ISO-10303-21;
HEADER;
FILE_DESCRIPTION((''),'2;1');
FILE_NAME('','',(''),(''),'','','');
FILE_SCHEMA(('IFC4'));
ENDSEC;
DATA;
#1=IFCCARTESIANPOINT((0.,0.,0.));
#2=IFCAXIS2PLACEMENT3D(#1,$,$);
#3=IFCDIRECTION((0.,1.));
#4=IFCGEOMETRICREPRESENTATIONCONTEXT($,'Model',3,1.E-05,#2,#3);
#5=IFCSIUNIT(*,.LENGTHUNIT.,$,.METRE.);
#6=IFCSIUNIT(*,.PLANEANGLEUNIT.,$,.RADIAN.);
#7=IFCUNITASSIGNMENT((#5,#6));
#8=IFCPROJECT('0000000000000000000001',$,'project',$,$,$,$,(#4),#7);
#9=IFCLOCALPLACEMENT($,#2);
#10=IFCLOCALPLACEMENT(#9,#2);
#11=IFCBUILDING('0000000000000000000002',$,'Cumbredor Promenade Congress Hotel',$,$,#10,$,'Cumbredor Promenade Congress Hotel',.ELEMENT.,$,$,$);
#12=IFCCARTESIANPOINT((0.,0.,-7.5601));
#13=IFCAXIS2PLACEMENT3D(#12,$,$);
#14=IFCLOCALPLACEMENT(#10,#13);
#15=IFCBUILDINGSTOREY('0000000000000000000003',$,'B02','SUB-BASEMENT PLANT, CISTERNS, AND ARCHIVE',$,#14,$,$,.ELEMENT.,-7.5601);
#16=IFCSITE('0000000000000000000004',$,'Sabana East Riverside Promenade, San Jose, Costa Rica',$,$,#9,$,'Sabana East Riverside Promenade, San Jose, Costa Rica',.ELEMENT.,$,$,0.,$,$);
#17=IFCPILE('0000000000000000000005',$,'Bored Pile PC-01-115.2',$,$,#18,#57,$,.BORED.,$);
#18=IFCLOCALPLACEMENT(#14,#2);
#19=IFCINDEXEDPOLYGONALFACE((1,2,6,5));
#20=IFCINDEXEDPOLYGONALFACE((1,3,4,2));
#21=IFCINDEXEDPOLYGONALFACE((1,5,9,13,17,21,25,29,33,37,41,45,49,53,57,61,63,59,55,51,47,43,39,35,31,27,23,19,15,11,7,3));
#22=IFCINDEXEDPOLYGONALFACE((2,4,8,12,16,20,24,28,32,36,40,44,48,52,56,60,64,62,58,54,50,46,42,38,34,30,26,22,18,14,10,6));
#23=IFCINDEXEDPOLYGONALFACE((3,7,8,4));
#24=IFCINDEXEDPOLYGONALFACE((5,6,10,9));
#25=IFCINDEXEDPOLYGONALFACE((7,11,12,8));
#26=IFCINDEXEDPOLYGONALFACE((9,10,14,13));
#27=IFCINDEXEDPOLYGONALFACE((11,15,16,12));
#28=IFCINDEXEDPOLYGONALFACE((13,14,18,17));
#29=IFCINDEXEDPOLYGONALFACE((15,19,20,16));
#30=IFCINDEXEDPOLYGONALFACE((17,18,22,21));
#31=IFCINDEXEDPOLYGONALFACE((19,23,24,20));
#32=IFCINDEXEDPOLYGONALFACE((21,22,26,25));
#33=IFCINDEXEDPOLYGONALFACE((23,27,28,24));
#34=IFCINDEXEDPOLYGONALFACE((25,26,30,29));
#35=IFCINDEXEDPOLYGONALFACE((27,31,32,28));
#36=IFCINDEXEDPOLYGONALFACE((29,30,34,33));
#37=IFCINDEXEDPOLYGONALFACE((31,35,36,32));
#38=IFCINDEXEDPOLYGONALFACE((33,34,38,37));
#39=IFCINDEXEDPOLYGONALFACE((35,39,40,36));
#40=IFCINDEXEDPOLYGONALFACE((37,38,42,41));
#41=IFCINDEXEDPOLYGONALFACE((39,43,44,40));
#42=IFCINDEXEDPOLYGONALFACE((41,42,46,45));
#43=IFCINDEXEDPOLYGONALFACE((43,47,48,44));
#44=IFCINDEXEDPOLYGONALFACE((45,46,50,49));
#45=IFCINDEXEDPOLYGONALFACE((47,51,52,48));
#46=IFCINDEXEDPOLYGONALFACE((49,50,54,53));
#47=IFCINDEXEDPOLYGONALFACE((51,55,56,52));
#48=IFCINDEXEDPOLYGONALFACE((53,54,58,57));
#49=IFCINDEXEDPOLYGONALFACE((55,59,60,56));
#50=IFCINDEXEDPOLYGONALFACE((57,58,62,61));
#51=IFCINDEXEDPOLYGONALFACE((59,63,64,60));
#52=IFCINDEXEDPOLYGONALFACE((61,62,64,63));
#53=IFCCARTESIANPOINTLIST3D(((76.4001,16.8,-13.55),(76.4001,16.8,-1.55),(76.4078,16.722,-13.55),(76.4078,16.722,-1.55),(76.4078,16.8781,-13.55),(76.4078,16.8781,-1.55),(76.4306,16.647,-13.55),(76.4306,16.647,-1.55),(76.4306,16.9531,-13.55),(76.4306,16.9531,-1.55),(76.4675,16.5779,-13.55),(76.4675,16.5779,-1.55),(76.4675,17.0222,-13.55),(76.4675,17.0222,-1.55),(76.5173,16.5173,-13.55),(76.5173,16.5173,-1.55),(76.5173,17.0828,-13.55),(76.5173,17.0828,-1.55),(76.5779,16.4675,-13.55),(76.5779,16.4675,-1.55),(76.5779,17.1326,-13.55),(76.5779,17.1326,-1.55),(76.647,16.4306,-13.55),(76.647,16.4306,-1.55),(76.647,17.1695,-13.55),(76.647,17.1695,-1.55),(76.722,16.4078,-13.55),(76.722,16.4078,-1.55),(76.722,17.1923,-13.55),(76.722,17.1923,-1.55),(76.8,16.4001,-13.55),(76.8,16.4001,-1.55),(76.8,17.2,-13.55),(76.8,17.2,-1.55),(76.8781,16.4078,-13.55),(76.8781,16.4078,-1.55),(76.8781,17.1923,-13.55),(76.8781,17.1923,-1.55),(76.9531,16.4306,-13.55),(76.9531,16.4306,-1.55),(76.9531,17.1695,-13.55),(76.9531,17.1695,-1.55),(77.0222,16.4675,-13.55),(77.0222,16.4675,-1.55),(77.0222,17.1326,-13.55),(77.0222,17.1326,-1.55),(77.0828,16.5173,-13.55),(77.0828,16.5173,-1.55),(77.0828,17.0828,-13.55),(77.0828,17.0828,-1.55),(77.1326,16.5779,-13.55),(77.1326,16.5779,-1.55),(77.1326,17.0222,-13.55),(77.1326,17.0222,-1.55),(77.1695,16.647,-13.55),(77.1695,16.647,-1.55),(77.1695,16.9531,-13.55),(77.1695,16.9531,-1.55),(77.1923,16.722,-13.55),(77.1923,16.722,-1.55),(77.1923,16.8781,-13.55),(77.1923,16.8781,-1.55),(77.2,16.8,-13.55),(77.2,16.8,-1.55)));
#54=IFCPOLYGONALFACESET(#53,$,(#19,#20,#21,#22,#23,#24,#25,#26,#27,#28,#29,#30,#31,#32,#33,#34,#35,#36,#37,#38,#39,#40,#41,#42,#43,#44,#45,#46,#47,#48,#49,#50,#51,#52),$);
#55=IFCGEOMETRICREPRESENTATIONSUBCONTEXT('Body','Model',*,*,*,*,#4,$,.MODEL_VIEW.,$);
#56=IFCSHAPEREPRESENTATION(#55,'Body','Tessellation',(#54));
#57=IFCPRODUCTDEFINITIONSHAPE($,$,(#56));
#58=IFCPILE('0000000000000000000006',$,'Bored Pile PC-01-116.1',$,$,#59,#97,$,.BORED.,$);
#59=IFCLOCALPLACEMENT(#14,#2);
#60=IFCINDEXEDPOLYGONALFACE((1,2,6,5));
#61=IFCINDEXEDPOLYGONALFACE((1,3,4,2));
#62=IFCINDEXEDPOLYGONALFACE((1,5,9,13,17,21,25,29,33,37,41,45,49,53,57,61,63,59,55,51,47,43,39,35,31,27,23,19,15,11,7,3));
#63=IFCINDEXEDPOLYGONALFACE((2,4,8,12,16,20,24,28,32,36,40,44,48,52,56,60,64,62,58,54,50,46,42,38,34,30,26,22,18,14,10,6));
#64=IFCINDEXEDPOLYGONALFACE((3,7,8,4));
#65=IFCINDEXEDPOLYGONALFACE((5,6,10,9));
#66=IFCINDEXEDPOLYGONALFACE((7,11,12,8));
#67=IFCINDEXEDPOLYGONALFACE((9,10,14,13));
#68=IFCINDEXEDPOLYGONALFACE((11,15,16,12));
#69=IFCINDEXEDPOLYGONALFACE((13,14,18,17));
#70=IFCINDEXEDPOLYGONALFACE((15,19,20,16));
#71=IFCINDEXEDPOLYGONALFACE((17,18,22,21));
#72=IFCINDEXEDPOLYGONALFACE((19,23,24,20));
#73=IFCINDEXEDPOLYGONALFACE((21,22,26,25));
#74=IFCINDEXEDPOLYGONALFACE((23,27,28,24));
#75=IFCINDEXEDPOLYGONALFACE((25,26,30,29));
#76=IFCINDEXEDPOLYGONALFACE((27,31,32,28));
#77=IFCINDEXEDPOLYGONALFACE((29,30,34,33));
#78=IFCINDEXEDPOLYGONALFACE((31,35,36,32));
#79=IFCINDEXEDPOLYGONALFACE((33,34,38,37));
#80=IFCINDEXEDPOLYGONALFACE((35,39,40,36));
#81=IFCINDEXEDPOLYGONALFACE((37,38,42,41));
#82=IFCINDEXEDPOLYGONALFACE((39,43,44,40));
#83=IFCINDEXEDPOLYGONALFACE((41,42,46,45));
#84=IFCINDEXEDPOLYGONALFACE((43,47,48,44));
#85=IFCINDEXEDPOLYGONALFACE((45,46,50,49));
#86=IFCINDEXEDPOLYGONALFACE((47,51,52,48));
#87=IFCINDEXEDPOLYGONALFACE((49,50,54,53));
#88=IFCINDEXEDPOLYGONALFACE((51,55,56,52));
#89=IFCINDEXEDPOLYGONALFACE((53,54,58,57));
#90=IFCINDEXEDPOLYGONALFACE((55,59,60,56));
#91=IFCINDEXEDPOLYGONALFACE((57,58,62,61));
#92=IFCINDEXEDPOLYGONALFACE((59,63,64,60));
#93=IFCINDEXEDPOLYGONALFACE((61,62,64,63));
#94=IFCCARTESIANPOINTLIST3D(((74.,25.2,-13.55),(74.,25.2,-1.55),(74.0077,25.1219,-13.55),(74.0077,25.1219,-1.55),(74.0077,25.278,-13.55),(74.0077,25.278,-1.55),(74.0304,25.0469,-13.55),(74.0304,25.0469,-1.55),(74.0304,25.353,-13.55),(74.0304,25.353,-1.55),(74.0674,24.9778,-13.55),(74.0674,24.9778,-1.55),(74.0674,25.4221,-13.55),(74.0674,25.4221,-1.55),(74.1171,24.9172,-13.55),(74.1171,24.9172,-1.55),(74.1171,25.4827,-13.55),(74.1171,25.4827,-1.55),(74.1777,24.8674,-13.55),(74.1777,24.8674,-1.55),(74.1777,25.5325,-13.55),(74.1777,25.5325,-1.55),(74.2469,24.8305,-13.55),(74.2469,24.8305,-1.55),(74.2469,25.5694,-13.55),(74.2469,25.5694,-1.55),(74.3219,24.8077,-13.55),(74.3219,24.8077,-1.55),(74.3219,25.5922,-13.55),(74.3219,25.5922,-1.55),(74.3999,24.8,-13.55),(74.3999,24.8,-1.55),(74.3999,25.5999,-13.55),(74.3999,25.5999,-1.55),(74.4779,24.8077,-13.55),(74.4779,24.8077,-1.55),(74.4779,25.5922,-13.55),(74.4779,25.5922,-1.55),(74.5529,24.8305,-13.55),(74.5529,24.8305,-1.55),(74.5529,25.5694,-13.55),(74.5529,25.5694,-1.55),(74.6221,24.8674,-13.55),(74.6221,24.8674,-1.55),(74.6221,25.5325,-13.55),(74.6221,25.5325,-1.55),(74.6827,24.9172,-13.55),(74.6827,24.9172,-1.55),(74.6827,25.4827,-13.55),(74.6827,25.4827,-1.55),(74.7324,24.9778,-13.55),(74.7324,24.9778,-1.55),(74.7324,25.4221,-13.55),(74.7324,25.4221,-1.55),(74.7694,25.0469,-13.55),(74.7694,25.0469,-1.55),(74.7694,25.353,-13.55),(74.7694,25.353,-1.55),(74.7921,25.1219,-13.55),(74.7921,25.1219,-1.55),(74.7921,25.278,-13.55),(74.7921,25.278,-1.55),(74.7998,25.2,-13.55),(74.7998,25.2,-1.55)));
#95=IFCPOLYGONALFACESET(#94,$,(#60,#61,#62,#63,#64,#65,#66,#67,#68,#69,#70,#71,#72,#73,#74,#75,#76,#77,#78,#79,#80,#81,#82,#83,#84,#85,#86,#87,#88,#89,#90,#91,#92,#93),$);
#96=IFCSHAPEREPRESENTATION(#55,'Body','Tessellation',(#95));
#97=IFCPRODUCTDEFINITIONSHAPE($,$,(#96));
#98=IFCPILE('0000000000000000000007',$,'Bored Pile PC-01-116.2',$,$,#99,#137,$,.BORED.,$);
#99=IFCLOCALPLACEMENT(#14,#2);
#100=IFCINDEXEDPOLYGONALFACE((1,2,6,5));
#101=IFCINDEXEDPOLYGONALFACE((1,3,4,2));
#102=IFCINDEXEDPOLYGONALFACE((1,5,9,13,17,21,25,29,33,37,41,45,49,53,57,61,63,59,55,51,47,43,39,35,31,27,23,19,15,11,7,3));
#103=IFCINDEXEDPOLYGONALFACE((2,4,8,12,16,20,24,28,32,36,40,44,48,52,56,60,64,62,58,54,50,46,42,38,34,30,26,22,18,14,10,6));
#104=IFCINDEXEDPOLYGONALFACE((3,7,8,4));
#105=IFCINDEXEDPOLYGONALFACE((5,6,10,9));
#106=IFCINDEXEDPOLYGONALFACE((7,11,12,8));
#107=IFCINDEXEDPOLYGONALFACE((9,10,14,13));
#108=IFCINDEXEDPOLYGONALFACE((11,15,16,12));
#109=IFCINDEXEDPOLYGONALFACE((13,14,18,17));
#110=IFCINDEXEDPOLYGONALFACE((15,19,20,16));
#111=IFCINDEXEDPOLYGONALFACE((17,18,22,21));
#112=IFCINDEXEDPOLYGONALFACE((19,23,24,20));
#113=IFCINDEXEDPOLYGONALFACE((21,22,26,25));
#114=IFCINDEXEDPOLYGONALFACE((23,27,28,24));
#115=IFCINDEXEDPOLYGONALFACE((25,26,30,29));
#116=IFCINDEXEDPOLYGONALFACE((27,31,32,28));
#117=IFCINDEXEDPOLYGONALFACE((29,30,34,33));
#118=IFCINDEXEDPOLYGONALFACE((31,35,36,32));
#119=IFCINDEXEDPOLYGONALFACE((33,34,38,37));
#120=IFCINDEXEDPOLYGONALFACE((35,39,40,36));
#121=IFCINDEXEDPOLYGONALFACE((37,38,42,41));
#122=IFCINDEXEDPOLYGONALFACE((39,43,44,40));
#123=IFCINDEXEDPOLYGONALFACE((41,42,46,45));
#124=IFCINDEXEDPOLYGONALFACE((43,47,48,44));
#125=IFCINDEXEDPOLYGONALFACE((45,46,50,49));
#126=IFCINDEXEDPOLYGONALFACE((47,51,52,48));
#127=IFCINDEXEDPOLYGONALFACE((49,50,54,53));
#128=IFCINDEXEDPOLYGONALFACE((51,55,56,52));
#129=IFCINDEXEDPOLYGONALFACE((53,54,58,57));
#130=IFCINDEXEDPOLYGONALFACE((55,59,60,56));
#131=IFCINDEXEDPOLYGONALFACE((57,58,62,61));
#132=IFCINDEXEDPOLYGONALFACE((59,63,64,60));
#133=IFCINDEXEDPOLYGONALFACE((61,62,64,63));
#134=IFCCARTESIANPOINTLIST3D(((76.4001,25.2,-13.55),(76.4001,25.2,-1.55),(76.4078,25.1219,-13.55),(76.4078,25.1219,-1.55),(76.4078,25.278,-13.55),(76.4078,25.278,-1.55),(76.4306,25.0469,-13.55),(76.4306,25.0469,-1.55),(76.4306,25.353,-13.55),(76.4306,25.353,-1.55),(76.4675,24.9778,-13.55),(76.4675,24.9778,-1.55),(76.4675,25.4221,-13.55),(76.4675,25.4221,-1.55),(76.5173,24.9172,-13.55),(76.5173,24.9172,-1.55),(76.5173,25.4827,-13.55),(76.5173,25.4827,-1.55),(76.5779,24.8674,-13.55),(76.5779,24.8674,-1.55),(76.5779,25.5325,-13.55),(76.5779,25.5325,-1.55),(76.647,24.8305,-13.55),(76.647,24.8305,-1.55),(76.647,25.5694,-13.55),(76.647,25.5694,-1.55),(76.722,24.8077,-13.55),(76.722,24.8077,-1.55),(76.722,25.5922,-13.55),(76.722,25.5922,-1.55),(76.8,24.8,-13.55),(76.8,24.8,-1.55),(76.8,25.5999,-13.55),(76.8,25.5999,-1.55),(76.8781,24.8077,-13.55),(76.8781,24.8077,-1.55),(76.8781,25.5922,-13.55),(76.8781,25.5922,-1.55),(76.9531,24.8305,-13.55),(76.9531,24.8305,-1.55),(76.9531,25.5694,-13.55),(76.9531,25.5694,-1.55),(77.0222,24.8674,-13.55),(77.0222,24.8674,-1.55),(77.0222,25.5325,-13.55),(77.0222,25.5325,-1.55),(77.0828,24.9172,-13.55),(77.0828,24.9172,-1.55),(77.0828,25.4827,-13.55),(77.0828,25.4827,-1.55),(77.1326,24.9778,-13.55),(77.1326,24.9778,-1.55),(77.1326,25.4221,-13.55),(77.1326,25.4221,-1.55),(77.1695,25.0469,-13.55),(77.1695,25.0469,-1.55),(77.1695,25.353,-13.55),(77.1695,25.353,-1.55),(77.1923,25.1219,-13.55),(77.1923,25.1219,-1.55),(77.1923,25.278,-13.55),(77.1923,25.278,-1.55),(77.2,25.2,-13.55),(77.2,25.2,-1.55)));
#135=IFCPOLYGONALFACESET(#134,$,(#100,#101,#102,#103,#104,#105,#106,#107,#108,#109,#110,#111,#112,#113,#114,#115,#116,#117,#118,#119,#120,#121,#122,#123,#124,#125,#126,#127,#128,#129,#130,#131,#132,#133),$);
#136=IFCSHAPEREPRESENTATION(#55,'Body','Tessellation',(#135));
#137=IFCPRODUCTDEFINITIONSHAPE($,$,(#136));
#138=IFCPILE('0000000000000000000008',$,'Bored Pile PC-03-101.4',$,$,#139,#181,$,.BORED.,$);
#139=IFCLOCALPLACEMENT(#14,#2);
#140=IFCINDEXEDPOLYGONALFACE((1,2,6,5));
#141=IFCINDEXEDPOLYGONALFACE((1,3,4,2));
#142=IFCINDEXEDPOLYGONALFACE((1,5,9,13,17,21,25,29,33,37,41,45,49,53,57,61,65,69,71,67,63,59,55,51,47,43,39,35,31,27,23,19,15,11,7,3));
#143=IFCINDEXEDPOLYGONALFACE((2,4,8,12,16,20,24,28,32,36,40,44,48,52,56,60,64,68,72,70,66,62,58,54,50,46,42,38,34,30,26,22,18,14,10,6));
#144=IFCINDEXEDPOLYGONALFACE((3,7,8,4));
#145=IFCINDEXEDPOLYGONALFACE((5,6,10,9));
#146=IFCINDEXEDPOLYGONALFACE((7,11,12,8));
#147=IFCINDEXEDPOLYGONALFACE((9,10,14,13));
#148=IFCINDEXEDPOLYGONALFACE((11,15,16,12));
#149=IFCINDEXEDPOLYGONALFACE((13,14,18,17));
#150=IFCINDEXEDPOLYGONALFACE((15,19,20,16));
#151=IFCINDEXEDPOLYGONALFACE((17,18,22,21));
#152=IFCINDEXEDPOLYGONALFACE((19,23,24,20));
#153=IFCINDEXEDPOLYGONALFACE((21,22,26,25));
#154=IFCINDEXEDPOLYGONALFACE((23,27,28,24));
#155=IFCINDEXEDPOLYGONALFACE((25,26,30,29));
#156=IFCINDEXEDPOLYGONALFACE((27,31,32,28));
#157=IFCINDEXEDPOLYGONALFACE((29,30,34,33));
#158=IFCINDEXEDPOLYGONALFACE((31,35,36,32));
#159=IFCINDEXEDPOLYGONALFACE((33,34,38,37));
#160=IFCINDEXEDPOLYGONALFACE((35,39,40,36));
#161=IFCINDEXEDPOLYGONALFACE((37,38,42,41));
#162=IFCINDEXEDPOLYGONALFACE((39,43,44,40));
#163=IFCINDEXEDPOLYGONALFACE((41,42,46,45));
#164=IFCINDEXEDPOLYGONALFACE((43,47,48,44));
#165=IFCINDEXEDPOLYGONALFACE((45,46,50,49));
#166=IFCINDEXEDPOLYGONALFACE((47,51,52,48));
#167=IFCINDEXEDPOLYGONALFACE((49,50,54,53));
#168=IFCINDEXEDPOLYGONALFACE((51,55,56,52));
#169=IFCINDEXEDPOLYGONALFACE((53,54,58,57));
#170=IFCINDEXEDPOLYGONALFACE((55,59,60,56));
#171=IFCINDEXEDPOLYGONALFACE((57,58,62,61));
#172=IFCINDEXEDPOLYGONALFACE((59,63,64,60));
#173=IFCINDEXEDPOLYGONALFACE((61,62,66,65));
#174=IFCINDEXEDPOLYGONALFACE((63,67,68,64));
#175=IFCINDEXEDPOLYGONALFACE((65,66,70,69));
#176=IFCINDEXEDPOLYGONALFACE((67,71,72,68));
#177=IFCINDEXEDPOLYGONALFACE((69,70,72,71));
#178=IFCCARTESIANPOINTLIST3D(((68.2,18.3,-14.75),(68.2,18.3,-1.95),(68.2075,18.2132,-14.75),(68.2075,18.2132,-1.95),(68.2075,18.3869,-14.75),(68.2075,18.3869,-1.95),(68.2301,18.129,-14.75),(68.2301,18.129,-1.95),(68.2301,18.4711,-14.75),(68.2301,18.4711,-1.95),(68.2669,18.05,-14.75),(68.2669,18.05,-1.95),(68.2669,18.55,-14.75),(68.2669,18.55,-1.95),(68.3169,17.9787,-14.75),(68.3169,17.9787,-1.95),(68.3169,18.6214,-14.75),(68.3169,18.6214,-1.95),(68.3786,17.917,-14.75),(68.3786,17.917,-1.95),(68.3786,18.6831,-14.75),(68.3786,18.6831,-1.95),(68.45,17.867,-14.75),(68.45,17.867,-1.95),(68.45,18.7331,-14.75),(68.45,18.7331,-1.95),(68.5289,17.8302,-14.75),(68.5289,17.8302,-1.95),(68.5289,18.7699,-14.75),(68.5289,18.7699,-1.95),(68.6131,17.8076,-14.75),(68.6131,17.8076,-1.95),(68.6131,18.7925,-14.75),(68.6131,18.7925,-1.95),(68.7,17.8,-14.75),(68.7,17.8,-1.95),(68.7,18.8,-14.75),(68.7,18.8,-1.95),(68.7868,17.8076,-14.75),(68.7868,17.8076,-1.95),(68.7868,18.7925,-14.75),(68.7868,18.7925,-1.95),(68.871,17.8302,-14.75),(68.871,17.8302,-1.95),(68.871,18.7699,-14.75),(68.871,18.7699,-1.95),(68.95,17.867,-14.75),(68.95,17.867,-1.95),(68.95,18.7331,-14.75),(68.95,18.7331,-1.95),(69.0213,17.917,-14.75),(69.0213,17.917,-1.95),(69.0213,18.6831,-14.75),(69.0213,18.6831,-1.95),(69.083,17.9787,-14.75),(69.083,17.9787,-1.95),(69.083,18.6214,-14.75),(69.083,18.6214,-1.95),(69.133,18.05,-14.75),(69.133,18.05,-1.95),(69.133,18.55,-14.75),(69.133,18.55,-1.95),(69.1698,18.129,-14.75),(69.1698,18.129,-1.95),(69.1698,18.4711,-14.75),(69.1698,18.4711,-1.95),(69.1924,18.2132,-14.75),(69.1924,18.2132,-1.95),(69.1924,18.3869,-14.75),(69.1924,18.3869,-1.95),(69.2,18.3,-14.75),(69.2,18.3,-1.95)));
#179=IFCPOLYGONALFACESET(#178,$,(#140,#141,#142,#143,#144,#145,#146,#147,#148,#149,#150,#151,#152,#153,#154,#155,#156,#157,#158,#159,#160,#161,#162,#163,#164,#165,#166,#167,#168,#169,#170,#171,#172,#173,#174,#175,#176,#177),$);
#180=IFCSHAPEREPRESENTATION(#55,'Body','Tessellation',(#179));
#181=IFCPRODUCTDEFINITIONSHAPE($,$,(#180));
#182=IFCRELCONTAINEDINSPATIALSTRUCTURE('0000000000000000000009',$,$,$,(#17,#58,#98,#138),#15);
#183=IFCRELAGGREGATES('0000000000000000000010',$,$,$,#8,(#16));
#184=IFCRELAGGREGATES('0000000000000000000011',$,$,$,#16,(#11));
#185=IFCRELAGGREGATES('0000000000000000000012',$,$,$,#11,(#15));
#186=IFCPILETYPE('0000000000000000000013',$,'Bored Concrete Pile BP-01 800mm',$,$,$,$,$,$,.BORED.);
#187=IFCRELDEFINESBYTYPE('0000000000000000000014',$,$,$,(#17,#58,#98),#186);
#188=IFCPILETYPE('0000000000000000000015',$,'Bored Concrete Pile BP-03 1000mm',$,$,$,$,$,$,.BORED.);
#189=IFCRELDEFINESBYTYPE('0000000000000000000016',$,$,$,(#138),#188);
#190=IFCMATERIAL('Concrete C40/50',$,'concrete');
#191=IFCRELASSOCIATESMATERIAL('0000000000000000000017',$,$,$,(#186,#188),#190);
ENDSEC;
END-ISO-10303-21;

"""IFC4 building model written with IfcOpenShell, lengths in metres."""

from ifc_helpers import new_model, si_unit, direction, frame, origin, origin_2d, place, context, subcontext, project, spatial, circle, extrude, material, material_profile, profile_set, type_object, element, save


model = new_model("IFC4")

# Units and contexts
model_context = context("Model", 3, precision=1e-05, world=origin(), true_north=direction((0.0, 1.0)))
body_context = subcontext(model_context, "Body", "Model", "MODEL_VIEW")
ifc_project = project(units=[si_unit("LENGTHUNIT", "METRE"), si_unit("PLANEANGLEUNIT", "RADIAN")], contexts=[model_context])

# Site, building, storey
site_placement = place(None, origin())
site = spatial("IfcSite", under=ifc_project, at=site_placement, Name="Sabana East Riverside Promenade, San Jose, Costa Rica", LongName="Sabana East Riverside Promenade, San Jose, Costa Rica", CompositionType="ELEMENT", RefElevation=0.0)
building_placement = place(site_placement, origin())
building = spatial("IfcBuilding", under=site, at=building_placement, Name="Cumbredor Promenade Congress Hotel", LongName="Cumbredor Promenade Congress Hotel", CompositionType="ELEMENT")
storey_placement = place(building_placement, frame((0.0, 0.0, -7.5601)))
storey = spatial("IfcBuildingStorey", under=building, at=storey_placement, Name="B02", Description="SUB-BASEMENT PLANT, CISTERNS, AND ARCHIVE", CompositionType="ELEMENT", Elevation=-7.5601)

# Piles
ifc_material_1 = material(Name="Concrete C40/50", Category="concrete")
ifc_material_profile_1 = material_profile(ifc_material_1, circle(Radius=0.3999, at=origin_2d()), Name="PILE D800")
ifc_profile_set_1 = profile_set([ifc_material_profile_1], Name="Concrete C40/50")
pile_type_1 = type_object("IfcPileType", Name="Bored Concrete Pile BP-01 800mm", PredefinedType="BORED", material=ifc_profile_set_1)
for number, where, z_axis, x_axis, name in (
    (1, (76.8, 16.8, -1.55), (0.0, 0.0, -1.0), (1.0, 0.0, 0.0), "Bored Pile PC-01-115.2"),
    (2, (74.3999, 25.2, -1.55), (0.0, 0.0, -1.0), (1.0, 0.0, 0.0), "Bored Pile PC-01-116.1"),
    (3, (76.8, 25.2, -1.55), (0.0, 0.0, -1.0), (1.0, 0.0, 0.0), "Bored Pile PC-01-116.2"),
):
    element("IfcPile", number, at=place(storey_placement, frame(where, z_axis=z_axis, x_axis=x_axis)), inside=storey, type_object=pile_type_1, Name=name, PredefinedType="BORED", context=body_context, shape_type="SweptSolid", body=[
        extrude(circle(Radius=0.3999, at=origin_2d()), origin(), (0.0, 0.0, 1.0), 12.0),
    ])
ifc_material_profile_2 = material_profile(ifc_material_1, circle(Radius=0.5, at=origin_2d()), Name="PILE D1000")
ifc_profile_set_2 = profile_set([ifc_material_profile_2], Name="Concrete C40/50")
pile_type_2 = type_object("IfcPileType", Name="Bored Concrete Pile BP-03 1000mm", PredefinedType="BORED", material=ifc_profile_set_2)
for number, where, z_axis, x_axis, name in (
    (4, (68.7, 18.3, -1.95), (0.0, 0.0, -1.0), (1.0, 0.0, 0.0), "Bored Pile PC-03-101.4"),
):
    element("IfcPile", number, at=place(storey_placement, frame(where, z_axis=z_axis, x_axis=x_axis)), inside=storey, type_object=pile_type_2, Name=name, PredefinedType="BORED", context=body_context, shape_type="SweptSolid", body=[
        extrude(circle(Radius=0.5, at=origin_2d()), origin(), (0.0, 0.0, 1.0), 12.8),
    ])

save(model, "model.ifc")
